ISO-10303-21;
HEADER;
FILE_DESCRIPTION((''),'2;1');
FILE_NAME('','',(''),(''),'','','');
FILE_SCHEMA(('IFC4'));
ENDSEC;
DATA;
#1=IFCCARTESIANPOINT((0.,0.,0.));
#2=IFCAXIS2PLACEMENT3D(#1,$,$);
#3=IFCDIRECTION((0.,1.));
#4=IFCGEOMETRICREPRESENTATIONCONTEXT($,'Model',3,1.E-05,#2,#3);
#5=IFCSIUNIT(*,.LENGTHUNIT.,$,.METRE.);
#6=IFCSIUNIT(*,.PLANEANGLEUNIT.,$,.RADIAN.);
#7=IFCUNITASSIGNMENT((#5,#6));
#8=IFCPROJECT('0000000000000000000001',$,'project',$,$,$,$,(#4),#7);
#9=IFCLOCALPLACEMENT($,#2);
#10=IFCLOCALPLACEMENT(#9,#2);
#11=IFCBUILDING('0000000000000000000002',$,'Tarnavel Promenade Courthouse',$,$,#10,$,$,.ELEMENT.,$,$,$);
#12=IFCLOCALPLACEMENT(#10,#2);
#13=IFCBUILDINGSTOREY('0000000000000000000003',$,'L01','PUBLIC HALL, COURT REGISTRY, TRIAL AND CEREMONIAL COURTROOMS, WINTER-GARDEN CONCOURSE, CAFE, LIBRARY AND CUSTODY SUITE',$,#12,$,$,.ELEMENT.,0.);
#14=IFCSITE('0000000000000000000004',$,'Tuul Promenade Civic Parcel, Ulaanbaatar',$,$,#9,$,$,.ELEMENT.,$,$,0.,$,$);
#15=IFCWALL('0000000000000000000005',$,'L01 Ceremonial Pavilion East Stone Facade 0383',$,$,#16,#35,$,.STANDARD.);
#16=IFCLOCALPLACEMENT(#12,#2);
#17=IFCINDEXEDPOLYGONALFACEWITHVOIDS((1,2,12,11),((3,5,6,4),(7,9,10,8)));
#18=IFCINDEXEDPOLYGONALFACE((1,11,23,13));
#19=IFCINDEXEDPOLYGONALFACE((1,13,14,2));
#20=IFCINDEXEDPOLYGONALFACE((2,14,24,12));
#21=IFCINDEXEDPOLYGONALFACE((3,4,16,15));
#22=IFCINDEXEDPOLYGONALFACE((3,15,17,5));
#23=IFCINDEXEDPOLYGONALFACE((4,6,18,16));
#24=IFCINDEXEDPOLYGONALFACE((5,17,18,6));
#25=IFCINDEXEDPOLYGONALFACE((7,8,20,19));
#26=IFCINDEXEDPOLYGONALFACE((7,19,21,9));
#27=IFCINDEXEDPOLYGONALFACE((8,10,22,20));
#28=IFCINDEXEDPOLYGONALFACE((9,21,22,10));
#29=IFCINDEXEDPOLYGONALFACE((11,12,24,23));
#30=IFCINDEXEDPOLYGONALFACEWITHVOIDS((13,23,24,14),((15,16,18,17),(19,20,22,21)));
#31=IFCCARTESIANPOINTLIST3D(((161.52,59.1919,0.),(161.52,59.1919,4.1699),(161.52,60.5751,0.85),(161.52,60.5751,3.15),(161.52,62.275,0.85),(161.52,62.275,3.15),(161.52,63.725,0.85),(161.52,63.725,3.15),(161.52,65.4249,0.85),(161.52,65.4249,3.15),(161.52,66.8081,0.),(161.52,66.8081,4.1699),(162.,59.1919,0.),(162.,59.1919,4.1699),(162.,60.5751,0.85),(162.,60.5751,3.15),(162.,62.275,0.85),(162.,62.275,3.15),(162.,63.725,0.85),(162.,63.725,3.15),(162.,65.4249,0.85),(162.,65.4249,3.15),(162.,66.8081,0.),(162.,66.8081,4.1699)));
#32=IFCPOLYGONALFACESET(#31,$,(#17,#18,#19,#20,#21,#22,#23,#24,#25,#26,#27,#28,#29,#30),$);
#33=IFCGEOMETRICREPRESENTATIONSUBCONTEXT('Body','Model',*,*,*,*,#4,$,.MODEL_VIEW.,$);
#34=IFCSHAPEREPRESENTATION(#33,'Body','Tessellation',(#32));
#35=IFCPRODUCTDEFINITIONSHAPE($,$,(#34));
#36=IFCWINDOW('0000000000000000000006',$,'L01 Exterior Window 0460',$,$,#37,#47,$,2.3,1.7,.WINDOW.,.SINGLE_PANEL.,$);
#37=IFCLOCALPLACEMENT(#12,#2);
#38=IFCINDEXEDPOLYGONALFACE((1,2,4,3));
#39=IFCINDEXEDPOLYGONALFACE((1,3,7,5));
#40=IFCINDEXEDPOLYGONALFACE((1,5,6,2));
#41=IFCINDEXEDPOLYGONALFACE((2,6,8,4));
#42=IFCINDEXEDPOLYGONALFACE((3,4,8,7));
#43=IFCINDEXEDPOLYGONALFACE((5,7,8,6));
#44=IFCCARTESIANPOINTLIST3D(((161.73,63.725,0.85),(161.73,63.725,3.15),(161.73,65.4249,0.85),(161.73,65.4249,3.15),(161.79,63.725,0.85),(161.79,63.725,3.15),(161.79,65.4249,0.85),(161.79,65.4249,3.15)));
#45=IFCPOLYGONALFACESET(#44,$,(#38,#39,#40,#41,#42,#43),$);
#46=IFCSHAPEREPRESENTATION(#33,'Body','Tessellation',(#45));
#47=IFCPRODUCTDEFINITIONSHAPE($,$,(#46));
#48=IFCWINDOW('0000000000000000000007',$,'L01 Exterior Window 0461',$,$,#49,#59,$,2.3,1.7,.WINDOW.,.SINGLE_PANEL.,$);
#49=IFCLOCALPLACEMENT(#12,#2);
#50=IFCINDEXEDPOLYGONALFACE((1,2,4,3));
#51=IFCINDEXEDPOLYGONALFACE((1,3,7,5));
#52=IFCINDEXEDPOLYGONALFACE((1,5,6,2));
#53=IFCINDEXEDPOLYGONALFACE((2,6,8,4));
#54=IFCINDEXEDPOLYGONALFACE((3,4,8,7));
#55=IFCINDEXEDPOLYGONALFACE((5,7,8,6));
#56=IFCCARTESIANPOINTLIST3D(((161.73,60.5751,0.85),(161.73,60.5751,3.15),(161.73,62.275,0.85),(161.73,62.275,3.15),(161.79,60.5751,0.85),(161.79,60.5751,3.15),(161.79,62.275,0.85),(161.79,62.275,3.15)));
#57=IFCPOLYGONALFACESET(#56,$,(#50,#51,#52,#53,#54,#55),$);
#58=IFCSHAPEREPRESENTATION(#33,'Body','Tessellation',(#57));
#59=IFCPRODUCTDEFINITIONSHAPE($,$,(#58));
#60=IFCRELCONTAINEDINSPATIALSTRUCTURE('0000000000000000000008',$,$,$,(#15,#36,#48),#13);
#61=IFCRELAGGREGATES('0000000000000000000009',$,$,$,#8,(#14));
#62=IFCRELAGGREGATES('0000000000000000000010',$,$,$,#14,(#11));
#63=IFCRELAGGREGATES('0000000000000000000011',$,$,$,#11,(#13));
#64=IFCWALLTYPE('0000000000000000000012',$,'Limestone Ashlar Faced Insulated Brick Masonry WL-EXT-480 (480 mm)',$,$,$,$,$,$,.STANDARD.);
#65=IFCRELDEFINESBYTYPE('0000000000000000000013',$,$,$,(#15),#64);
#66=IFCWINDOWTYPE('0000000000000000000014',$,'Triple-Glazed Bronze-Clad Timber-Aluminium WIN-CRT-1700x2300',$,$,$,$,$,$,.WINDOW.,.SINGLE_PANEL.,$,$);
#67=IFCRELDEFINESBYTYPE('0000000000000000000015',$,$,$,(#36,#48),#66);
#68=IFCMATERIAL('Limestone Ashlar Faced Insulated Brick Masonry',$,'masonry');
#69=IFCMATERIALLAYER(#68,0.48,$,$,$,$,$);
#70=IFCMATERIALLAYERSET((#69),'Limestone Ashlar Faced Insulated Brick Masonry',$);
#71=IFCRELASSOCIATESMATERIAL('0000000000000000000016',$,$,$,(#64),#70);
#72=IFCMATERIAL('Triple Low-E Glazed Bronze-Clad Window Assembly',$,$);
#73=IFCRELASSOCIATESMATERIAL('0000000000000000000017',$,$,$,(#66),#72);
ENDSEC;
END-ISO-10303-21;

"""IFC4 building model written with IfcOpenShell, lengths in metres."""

from ifc_helpers import new_model, si_unit, direction, frame, frame_2d, origin, place, context, subcontext, project, spatial, rectangle, extrude, material, layer, layer_set, type_object, element, fill, save


model = new_model("IFC4")

# Units and contexts
model_context = context("Model", 3, precision=1e-05, world=origin(), true_north=direction((0.0, 1.0)))
body_context = subcontext(model_context, "Body", "Model", "MODEL_VIEW")
ifc_project = project(units=[si_unit("LENGTHUNIT", "METRE"), si_unit("PLANEANGLEUNIT", "RADIAN")], contexts=[model_context])

# Site, building, storey
site_placement = place(None, origin())
site = spatial("IfcSite", under=ifc_project, at=site_placement, Name="Tuul Promenade Civic Parcel, Ulaanbaatar", CompositionType="ELEMENT", RefElevation=0.0)
building_placement = place(site_placement, origin())
building = spatial("IfcBuilding", under=site, at=building_placement, Name="Tarnavel Promenade Courthouse", CompositionType="ELEMENT")
storey_placement = place(building_placement, origin())
storey = spatial("IfcBuildingStorey", under=building, at=storey_placement, Name="L01", Description="PUBLIC HALL, COURT REGISTRY, TRIAL AND CEREMONIAL COURTROOMS, WINTER-GARDEN CONCOURSE, CAFE, LIBRARY AND CUSTODY SUITE", CompositionType="ELEMENT", Elevation=0.0)

# Shared definitions
ifc_material_1 = material(Name="Limestone Ashlar Faced Insulated Brick Masonry", Category="masonry")
ifc_layer_1 = layer(ifc_material_1, 0.48)
ifc_layer_set_1 = layer_set([ifc_layer_1], Name="Limestone Ashlar Faced Insulated Brick Masonry")
wall_type_1 = type_object("IfcWallType", Name="Limestone Ashlar Faced Insulated Brick Masonry WL-EXT-480 (480 mm)", PredefinedType="STANDARD", material=ifc_layer_set_1)

# Wall, openings, windows
wall_1_placement = place(storey_placement, frame((161.76, 66.8081, 0.0), z_axis=(0.0, 0.0, 1.0), x_axis=(0.0, -1.0, 0.0)))
wall_1 = element("IfcWall", 1, at=wall_1_placement, inside=storey, type_object=wall_type_1, Name="L01 Ceremonial Pavilion East Stone Facade 0383", PredefinedType="STANDARD", context=body_context, shape_type="SweptSolid", body=[
    extrude(rectangle(XDim=7.6162, YDim=0.48, at=frame_2d((3.8081, 0.0))), origin(), (0.0, 0.0, 1.0), 4.1699),
])
opening_1_placement = place(wall_1_placement, frame((1.3831, 0.0, 0.8501)))
opening_1 = element("IfcOpeningElement", 2, at=opening_1_placement, cuts=wall_1, PredefinedType="OPENING", context=body_context, shape_type="SweptSolid", body=[
    extrude(rectangle(XDim=1.7, YDim=2.3, at=frame_2d((0.8501, 1.1499))), frame((0.0, 0.25, 0.0), z_axis=(0.0, -1.0, 0.0), x_axis=(1.0, 0.0, 0.0)), (0.0, 0.0, 1.0), 0.5),
])
opening_2_placement = place(wall_1_placement, frame((4.533, 0.0, 0.8501)))
opening_2 = element("IfcOpeningElement", 3, at=opening_2_placement, cuts=wall_1, PredefinedType="OPENING", context=body_context, shape_type="SweptSolid", body=[
    extrude(rectangle(XDim=1.7, YDim=2.3, at=frame_2d((0.8501, 1.1499))), frame((0.0, 0.25, 0.0), z_axis=(0.0, -1.0, 0.0), x_axis=(1.0, 0.0, 0.0)), (0.0, 0.0, 1.0), 0.5),
])
ifc_material_2 = material(Name="Triple Low-E Glazed Bronze-Clad Window Assembly")
window_type = type_object("IfcWindowType", Name="Triple-Glazed Bronze-Clad Timber-Aluminium WIN-CRT-1700x2300", PartitioningType="SINGLE_PANEL", PredefinedType="WINDOW", material=ifc_material_2)
window_1_placement = place(opening_1_placement, origin())
window_1 = element("IfcWindow", 4, at=window_1_placement, inside=storey, type_object=window_type, Name="L01 Exterior Window 0460", OverallHeight=2.3, OverallWidth=1.7, PartitioningType="SINGLE_PANEL", PredefinedType="WINDOW", context=body_context, shape_type="SweptSolid", body=[
    extrude(rectangle(XDim=1.7, YDim=2.3, at=frame_2d((0.8501, 1.1499))), frame((0.0, 0.03, 0.0), z_axis=(0.0, -1.0, 0.0), x_axis=(1.0, 0.0, 0.0)), (0.0, 0.0, 1.0), 0.0601),
])
fill(opening_1, window_1)
window_2_placement = place(opening_2_placement, origin())
window_2 = element("IfcWindow", 5, at=window_2_placement, inside=storey, type_object=window_type, Name="L01 Exterior Window 0461", OverallHeight=2.3, OverallWidth=1.7, PartitioningType="SINGLE_PANEL", PredefinedType="WINDOW", context=body_context, shape_type="SweptSolid", body=[
    extrude(rectangle(XDim=1.7, YDim=2.3, at=frame_2d((0.8501, 1.1499))), frame((0.0, 0.03, 0.0), z_axis=(0.0, -1.0, 0.0), x_axis=(1.0, 0.0, 0.0)), (0.0, 0.0, 1.0), 0.0601),
])
fill(opening_2, window_2)

save(model, "model.ifc")
